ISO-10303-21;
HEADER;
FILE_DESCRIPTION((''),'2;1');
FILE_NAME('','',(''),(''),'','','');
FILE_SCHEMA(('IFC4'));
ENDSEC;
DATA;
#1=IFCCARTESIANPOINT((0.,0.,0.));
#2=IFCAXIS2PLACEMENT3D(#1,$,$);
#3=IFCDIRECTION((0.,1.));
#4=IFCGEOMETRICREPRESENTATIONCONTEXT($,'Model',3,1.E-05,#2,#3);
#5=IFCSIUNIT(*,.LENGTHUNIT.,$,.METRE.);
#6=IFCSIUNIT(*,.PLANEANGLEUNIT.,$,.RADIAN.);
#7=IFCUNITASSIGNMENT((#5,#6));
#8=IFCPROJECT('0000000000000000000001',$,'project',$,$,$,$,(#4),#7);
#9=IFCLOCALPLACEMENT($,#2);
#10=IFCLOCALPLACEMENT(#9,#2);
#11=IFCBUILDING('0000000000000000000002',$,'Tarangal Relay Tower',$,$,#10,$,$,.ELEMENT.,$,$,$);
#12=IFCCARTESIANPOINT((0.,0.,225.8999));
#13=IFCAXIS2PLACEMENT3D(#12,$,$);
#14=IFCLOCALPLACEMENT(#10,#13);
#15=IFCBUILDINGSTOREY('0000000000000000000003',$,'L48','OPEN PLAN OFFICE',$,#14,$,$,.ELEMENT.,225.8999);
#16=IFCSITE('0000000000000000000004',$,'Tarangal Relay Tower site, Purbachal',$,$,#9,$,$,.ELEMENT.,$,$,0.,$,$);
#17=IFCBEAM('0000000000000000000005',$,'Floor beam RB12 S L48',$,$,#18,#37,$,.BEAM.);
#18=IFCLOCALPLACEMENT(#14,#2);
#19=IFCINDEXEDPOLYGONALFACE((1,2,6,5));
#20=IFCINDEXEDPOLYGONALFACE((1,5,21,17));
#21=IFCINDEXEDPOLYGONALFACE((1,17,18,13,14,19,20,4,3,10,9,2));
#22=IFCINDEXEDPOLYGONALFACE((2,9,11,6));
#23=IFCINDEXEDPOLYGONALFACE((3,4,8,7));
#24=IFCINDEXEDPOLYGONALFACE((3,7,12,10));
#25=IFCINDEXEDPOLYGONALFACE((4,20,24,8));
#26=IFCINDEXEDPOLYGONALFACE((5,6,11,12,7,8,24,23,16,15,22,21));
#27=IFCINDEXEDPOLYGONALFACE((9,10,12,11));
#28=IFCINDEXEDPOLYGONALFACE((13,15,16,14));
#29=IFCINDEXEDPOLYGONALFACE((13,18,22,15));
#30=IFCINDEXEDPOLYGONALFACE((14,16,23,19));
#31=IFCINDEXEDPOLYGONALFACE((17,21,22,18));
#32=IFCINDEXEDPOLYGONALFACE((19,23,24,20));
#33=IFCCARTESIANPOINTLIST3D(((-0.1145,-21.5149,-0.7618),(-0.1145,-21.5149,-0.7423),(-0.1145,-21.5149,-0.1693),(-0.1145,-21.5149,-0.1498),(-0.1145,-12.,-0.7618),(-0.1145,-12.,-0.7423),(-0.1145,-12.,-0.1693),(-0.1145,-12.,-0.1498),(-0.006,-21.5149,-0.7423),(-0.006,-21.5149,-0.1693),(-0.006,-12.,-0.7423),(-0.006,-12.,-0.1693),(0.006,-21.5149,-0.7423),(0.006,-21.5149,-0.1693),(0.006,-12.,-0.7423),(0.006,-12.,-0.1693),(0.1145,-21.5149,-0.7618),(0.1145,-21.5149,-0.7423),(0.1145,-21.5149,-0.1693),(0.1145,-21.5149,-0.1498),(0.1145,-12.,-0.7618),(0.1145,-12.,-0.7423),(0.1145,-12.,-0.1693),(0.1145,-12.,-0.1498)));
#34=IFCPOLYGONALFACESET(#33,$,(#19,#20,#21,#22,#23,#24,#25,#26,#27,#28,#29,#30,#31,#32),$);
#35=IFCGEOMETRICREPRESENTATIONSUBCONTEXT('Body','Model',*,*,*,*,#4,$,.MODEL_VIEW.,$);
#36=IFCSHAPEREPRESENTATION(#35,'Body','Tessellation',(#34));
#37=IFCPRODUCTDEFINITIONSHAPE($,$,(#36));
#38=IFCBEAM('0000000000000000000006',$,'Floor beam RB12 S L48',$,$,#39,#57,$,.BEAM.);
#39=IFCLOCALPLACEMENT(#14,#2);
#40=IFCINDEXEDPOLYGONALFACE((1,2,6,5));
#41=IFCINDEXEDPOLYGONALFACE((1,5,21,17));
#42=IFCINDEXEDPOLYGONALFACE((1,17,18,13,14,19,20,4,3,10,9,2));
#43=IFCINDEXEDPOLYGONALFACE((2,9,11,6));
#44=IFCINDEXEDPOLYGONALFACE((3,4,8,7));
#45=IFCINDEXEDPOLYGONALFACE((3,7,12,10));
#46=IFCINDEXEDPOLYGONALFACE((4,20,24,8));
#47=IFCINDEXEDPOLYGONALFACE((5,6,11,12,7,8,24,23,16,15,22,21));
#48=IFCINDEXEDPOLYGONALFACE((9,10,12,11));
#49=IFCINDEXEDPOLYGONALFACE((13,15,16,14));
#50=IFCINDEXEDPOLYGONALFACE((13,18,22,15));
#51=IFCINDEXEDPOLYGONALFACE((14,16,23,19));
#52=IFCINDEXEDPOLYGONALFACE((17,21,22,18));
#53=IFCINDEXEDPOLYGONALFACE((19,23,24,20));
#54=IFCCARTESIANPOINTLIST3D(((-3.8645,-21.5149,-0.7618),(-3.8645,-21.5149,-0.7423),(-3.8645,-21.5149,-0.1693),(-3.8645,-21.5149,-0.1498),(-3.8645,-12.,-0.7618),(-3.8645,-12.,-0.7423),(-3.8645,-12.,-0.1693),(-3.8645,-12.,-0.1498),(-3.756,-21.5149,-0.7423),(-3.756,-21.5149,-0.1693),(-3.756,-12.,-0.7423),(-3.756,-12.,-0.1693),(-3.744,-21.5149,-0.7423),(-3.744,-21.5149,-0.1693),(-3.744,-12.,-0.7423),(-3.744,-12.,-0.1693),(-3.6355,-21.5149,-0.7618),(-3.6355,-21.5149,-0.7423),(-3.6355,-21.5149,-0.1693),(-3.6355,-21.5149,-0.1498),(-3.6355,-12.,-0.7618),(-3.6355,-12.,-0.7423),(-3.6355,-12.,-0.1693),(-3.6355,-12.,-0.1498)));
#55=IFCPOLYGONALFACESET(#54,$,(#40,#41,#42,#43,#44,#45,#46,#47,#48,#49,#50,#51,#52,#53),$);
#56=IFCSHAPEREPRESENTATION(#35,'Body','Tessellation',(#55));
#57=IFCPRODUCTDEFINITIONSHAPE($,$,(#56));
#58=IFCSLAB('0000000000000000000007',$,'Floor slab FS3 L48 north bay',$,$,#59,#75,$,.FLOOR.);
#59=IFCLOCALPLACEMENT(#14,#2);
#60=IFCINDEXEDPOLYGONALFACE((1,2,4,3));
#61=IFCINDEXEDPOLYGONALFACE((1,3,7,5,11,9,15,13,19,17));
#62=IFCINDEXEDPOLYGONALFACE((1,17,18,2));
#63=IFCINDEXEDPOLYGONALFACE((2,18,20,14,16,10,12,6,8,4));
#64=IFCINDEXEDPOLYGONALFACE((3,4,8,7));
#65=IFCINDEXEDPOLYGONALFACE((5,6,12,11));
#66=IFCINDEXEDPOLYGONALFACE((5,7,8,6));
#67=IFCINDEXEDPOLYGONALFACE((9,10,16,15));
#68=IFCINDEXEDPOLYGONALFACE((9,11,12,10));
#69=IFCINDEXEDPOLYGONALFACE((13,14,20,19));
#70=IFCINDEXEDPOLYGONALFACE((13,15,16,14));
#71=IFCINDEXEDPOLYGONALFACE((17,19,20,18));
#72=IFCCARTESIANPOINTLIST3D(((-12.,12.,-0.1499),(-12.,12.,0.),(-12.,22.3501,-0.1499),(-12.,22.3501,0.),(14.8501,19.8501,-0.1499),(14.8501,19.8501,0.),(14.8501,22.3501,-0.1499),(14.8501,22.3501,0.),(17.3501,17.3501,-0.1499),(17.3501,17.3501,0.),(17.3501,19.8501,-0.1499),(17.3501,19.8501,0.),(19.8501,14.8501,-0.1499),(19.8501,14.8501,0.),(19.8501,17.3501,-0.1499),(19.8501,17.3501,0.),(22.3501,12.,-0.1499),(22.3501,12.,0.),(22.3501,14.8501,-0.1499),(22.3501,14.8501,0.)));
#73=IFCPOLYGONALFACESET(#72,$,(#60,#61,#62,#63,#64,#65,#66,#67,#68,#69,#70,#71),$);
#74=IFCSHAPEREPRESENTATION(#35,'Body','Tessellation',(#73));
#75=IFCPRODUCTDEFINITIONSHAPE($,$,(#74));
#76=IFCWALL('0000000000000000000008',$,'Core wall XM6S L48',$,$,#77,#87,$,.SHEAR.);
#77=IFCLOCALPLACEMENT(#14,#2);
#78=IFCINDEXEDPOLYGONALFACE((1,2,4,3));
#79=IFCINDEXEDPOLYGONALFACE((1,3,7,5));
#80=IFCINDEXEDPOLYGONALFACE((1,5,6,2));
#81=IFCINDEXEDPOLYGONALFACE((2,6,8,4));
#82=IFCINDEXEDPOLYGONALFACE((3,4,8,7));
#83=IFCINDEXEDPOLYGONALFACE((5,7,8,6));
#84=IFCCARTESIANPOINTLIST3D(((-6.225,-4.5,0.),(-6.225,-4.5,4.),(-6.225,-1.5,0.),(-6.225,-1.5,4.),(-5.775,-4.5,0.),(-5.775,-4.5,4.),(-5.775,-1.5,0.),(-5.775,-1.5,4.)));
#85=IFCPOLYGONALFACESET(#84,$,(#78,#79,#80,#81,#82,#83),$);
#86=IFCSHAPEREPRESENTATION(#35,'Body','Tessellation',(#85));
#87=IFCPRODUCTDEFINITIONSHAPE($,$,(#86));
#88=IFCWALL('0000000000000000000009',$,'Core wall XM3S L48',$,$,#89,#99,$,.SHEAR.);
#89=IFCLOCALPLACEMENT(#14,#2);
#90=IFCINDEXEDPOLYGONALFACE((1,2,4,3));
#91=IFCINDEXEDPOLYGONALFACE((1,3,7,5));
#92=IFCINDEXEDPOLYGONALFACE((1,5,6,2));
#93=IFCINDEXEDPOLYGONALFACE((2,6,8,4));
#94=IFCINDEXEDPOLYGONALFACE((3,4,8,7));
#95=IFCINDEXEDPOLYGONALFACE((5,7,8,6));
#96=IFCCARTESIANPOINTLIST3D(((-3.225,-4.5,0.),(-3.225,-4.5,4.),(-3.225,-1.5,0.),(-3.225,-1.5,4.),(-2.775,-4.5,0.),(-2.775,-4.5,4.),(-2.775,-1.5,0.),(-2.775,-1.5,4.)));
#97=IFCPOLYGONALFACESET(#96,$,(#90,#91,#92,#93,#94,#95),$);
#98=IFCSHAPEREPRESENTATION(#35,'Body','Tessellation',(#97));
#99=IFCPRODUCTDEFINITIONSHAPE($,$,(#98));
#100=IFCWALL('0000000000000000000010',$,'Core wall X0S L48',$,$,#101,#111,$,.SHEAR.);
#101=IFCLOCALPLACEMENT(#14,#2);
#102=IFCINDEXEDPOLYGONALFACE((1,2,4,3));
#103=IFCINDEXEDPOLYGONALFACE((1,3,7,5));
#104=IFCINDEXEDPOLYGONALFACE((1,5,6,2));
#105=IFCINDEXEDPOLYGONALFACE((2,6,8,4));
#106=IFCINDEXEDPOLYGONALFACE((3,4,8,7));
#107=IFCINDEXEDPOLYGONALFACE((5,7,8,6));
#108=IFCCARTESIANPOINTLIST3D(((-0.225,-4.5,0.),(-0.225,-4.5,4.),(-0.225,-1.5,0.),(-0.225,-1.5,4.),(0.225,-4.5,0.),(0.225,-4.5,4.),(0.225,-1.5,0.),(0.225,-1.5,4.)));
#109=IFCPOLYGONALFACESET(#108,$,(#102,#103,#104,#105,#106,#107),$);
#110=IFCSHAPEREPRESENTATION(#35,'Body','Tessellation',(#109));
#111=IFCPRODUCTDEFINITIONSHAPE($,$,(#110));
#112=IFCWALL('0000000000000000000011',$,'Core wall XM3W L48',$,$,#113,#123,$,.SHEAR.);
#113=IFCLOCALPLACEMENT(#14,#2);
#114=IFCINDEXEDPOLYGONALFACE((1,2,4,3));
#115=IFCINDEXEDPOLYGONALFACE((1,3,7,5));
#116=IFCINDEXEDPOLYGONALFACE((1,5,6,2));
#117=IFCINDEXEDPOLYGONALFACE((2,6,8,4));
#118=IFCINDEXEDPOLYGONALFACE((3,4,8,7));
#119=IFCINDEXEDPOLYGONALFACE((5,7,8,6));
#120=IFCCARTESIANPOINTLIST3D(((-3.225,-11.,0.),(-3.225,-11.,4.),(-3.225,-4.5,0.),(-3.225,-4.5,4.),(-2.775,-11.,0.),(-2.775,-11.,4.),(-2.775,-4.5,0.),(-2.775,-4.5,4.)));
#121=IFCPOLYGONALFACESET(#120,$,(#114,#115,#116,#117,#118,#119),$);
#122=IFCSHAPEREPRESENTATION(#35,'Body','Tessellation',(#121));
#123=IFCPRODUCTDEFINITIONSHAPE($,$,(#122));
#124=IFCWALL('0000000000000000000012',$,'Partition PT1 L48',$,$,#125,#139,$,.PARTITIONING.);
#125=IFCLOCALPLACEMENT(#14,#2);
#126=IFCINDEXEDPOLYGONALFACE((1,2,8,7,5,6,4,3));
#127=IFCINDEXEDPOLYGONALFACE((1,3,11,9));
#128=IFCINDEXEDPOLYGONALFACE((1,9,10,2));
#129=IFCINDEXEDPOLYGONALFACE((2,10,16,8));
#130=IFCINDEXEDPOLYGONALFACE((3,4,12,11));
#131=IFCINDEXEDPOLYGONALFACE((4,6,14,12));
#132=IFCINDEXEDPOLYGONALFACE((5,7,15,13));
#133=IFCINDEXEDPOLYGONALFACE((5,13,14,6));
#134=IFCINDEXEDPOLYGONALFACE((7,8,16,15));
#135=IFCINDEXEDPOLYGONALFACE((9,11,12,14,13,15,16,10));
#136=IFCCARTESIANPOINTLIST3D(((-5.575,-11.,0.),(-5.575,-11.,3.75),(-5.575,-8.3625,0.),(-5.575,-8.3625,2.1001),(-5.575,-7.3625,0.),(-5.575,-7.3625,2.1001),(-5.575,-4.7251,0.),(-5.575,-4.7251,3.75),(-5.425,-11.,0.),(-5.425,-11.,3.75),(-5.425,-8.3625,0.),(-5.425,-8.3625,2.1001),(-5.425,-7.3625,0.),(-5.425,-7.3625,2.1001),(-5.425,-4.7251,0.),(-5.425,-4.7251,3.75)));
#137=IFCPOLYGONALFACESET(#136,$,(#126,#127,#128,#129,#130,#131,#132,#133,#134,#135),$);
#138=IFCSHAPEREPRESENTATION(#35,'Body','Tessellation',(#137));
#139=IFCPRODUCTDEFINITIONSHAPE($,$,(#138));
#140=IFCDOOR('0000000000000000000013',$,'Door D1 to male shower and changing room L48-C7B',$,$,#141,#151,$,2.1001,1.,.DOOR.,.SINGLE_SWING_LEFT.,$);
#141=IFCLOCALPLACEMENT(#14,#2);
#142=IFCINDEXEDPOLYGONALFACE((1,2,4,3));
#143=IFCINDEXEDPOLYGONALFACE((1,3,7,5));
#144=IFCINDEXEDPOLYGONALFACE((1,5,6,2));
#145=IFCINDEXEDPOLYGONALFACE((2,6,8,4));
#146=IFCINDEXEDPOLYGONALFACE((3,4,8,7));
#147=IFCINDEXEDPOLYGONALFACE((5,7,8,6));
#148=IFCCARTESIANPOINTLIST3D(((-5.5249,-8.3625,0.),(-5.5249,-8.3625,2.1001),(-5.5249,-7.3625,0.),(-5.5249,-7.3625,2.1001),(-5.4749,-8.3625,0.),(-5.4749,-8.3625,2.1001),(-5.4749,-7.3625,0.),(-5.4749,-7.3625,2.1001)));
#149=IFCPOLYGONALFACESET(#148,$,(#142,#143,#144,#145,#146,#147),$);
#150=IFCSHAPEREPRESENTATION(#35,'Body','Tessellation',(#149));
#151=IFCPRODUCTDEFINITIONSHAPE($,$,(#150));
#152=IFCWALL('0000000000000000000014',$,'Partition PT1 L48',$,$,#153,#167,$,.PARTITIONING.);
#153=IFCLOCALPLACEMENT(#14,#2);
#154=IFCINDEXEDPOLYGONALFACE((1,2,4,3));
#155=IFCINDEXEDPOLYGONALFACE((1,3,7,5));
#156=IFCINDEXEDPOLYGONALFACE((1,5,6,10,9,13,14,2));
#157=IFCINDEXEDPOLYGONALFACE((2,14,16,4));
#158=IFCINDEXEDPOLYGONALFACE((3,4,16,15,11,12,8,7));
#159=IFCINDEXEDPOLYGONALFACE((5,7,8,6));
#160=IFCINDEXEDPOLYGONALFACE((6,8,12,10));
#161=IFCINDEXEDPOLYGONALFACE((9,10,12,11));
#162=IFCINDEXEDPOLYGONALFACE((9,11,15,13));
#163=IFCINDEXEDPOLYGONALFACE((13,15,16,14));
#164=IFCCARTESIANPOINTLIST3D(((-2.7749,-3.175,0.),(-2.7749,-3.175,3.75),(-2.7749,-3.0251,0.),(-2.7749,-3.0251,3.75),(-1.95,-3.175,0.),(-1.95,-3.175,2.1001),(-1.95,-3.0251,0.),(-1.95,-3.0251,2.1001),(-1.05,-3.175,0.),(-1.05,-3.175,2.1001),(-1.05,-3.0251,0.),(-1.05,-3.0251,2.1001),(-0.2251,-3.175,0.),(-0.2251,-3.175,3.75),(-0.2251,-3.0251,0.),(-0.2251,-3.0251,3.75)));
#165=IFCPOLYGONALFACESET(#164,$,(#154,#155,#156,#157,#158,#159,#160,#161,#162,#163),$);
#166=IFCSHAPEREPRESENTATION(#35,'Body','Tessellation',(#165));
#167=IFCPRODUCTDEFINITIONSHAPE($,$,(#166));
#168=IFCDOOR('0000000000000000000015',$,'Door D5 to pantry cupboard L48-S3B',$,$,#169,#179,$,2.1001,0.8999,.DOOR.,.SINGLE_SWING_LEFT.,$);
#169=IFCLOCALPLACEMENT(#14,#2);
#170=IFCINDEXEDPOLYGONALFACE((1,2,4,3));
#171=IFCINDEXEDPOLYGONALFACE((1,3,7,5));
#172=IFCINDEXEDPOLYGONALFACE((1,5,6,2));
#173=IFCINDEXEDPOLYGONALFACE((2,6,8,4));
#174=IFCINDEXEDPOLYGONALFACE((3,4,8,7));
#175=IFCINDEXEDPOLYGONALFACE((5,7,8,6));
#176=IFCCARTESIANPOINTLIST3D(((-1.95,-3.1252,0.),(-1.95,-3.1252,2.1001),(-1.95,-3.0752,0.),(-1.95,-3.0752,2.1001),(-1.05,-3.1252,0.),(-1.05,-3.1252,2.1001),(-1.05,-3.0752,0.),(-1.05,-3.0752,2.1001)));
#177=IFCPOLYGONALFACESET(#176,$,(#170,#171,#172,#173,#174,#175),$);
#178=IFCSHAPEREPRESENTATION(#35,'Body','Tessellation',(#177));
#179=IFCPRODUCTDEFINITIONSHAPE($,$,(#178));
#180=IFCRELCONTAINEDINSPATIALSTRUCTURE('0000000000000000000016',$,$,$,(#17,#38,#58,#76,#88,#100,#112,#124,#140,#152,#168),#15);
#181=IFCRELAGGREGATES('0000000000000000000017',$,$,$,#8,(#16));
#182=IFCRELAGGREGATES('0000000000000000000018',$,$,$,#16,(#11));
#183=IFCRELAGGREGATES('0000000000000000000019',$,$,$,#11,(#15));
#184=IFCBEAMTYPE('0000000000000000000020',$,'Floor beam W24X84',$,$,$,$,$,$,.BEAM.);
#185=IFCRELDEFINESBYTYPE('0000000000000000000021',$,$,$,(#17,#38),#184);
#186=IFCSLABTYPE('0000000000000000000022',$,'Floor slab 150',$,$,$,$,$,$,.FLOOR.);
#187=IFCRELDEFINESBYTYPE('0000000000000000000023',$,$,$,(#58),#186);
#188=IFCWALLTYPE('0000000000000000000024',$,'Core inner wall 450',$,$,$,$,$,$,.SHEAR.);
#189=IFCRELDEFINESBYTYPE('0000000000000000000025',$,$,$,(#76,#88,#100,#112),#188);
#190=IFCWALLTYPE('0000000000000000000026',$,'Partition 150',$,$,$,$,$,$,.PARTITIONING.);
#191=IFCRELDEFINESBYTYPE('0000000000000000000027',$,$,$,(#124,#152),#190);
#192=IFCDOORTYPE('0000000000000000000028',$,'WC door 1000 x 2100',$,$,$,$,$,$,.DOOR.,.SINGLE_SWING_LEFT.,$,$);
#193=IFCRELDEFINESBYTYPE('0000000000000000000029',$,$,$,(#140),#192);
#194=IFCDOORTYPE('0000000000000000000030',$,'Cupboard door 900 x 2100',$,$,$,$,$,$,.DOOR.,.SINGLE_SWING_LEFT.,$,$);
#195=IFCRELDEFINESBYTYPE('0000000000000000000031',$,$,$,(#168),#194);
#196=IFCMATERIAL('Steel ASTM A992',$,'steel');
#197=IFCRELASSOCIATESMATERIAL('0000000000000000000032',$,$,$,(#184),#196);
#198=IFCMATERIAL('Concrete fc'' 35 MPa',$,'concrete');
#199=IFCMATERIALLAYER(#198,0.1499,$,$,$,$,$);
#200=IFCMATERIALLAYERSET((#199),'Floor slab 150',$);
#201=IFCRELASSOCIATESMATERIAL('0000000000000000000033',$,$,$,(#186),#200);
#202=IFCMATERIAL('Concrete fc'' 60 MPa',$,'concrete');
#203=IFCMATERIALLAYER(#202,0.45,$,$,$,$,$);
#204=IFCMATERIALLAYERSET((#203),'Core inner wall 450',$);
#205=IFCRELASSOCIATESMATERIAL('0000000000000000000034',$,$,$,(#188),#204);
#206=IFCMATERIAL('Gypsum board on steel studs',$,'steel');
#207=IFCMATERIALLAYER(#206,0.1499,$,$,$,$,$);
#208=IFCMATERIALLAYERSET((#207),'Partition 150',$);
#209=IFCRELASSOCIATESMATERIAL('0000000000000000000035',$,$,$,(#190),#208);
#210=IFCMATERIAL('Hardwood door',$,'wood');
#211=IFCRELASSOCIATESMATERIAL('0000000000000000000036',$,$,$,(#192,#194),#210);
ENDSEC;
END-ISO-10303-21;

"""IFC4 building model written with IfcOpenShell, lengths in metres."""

from ifc_helpers import new_model, si_unit, direction, frame, frame_2d, origin, origin_2d, place, context, subcontext, project, spatial, polyline, rectangle, i_section, outline, extrude, material, layer, layer_set, material_profile, profile_set, type_object, element, fill, save


model = new_model("IFC4")

# Units and contexts
model_context = context("Model", 3, precision=1e-05, world=origin(), true_north=direction((0.0, 1.0)))
body_context = subcontext(model_context, "Body", "Model", "MODEL_VIEW")
ifc_project = project(units=[si_unit("LENGTHUNIT", "METRE"), si_unit("PLANEANGLEUNIT", "RADIAN")], contexts=[model_context])

# Site, building, storey
site_placement = place(None, origin())
site = spatial("IfcSite", under=ifc_project, at=site_placement, Name="Tarangal Relay Tower site, Purbachal", CompositionType="ELEMENT", RefElevation=0.0)
building_placement = place(site_placement, origin())
building = spatial("IfcBuilding", under=site, at=building_placement, Name="Tarangal Relay Tower", CompositionType="ELEMENT")
storey_placement = place(building_placement, frame((0.0, 0.0, 225.8999)))
storey = spatial("IfcBuildingStorey", under=building, at=storey_placement, Name="L48", Description="OPEN PLAN OFFICE", CompositionType="ELEMENT", Elevation=225.8999)

# Beams
ifc_material_1 = material(Name="Steel ASTM A992", Category="steel")
ifc_material_profile = material_profile(ifc_material_1, i_section(OverallWidth=0.229, OverallDepth=0.6121, WebThickness=0.012, FlangeThickness=0.0195, at=origin_2d()), Name="W24X84")
ifc_profile_set = profile_set([ifc_material_profile], Name="Steel ASTM A992")
beam_type = type_object("IfcBeamType", Name="Floor beam W24X84", PredefinedType="BEAM", material=ifc_profile_set)
for number, where, z_axis, x_axis, name in (
    (1, (0.0, -12.0, -0.4558), (0.0, -1.0, 0.0), (1.0, 0.0, 0.0), "Floor beam RB12 S L48"),
    (2, (-3.75, -12.0, -0.4558), (0.0, -1.0, 0.0), (1.0, 0.0, 0.0), "Floor beam RB12 S L48"),
):
    element("IfcBeam", number, at=place(storey_placement, frame(where, z_axis=z_axis, x_axis=x_axis)), inside=storey, type_object=beam_type, Name=name, PredefinedType="BEAM", context=body_context, shape_type="SweptSolid", body=[
        extrude(i_section(OverallWidth=0.229, OverallDepth=0.6121, WebThickness=0.012, FlangeThickness=0.0195, at=origin_2d()), origin(), (0.0, 0.0, 1.0), 9.5149),
    ])

# Slab
ifc_material_2 = material(Name="Concrete fc' 35 MPa", Category="concrete")
ifc_layer_1 = layer(ifc_material_2, 0.1499)
ifc_layer_set_1 = layer_set([ifc_layer_1], Name="Floor slab 150")
slab_type = type_object("IfcSlabType", Name="Floor slab 150", PredefinedType="FLOOR", material=ifc_layer_set_1)
slab_placement = place(storey_placement, frame((0.0, 0.0, -0.1499)))
element("IfcSlab", 3, at=slab_placement, inside=storey, type_object=slab_type, Name="Floor slab FS3 L48 north bay", PredefinedType="FLOOR", context=body_context, shape_type="SweptSolid", body=[
    extrude(outline(polyline([(14.8501, 22.3501), (14.8501, 19.8501), (17.3501, 19.8501), (17.3501, 17.3501), (19.8501, 17.3501), (19.8501, 14.8501), (22.3501, 14.8501), (22.3501, 12.0), (-12.0, 12.0), (-12.0, 22.3501), (14.8501, 22.3501)])), origin(), (0.0, 0.0, 1.0), 0.1499),
])

# Walls
ifc_material_3 = material(Name="Concrete fc' 60 MPa", Category="concrete")
ifc_layer_2 = layer(ifc_material_3, 0.45)
ifc_layer_set_2 = layer_set([ifc_layer_2], Name="Core inner wall 450")
wall_type_1 = type_object("IfcWallType", Name="Core inner wall 450", PredefinedType="SHEAR", material=ifc_layer_set_2)
for number, where, z_axis, x_axis, name in (
    (4, (-6.0, -4.5, 0.0), (0.0, 0.0, 1.0), (0.0, 1.0, 0.0), "Core wall XM6S L48"),
    (5, (-3.0, -4.5, 0.0), (0.0, 0.0, 1.0), (0.0, 1.0, 0.0), "Core wall XM3S L48"),
    (6, (0.0, -4.5, 0.0), (0.0, 0.0, 1.0), (0.0, 1.0, 0.0), "Core wall X0S L48"),
):
    element("IfcWall", number, at=place(storey_placement, frame(where, z_axis=z_axis, x_axis=x_axis)), inside=storey, type_object=wall_type_1, Name=name, PredefinedType="SHEAR", context=body_context, shape_type="SweptSolid", body=[
        extrude(rectangle(XDim=3.0, YDim=0.45, at=frame_2d((1.5, 0.0))), origin(), (0.0, 0.0, 1.0), 4.0),
    ])
wall_1_placement = place(storey_placement, frame((-3.0, -11.0, 0.0), z_axis=(0.0, 0.0, 1.0), x_axis=(0.0, 1.0, 0.0)))
element("IfcWall", 7, at=wall_1_placement, inside=storey, type_object=wall_type_1, Name="Core wall XM3W L48", PredefinedType="SHEAR", context=body_context, shape_type="SweptSolid", body=[
    extrude(rectangle(XDim=6.5, YDim=0.45, at=frame_2d((3.25, 0.0))), origin(), (0.0, 0.0, 1.0), 4.0),
])

# Walls, openings, doors
ifc_material_4 = material(Name="Gypsum board on steel studs", Category="steel")
ifc_layer_3 = layer(ifc_material_4, 0.1499)
ifc_layer_set_3 = layer_set([ifc_layer_3], Name="Partition 150")
wall_type_2 = type_object("IfcWallType", Name="Partition 150", PredefinedType="PARTITIONING", material=ifc_layer_set_3)
wall_2_placement = place(storey_placement, frame((-5.5, -11.0, 0.0), z_axis=(0.0, 0.0, 1.0), x_axis=(0.0, 1.0, 0.0)))
wall_2 = element("IfcWall", 8, at=wall_2_placement, inside=storey, type_object=wall_type_2, Name="Partition PT1 L48", PredefinedType="PARTITIONING", context=body_context, shape_type="SweptSolid", body=[
    extrude(rectangle(XDim=6.2749, YDim=0.1499, at=frame_2d((3.1375, 0.0))), origin(), (0.0, 0.0, 1.0), 3.75),
])
opening_1_placement = place(wall_2_placement, frame((2.6375, 0.0, 0.0)))
opening_1 = element("IfcOpeningElement", 9, at=opening_1_placement, cuts=wall_2, PredefinedType="OPENING", context=body_context, shape_type="SweptSolid", body=[
    extrude(rectangle(XDim=1.0, YDim=2.1001, at=frame_2d((0.5, 1.05))), frame((0.0, 0.085, 0.0), z_axis=(0.0, -1.0, 0.0), x_axis=(1.0, 0.0, 0.0)), (0.0, 0.0, 1.0), 0.1699),
])
ifc_material_5 = material(Name="Hardwood door", Category="wood")
door_type_1 = type_object("IfcDoorType", Name="WC door 1000 x 2100", OperationType="SINGLE_SWING_LEFT", PredefinedType="DOOR", material=ifc_material_5)
door_1_placement = place(opening_1_placement, origin())
door_1 = element("IfcDoor", 10, at=door_1_placement, inside=storey, type_object=door_type_1, Name="Door D1 to male shower and changing room L48-C7B", OperationType="SINGLE_SWING_LEFT", OverallHeight=2.1001, OverallWidth=1.0, PredefinedType="DOOR", context=body_context, shape_type="SweptSolid", body=[
    extrude(rectangle(XDim=1.0, YDim=2.1001, at=frame_2d((0.5, 1.05))), frame((0.0, 0.0249, 0.0), z_axis=(0.0, -1.0, 0.0), x_axis=(1.0, 0.0, 0.0)), (0.0, 0.0, 1.0), 0.05),
])
fill(opening_1, door_1)
wall_3_placement = place(storey_placement, frame((-2.7749, -3.1001, 0.0), z_axis=(0.0, 0.0, 1.0), x_axis=(1.0, 0.0, 0.0)))
wall_3 = element("IfcWall", 11, at=wall_3_placement, inside=storey, type_object=wall_type_2, Name="Partition PT1 L48", PredefinedType="PARTITIONING", context=body_context, shape_type="SweptSolid", body=[
    extrude(rectangle(XDim=2.5498, YDim=0.1499, at=frame_2d((1.2749, 0.0))), origin(), (0.0, 0.0, 1.0), 3.75),
])
opening_2_placement = place(wall_3_placement, frame((0.825, 0.0, 0.0)))
opening_2 = element("IfcOpeningElement", 12, at=opening_2_placement, cuts=wall_3, PredefinedType="OPENING", context=body_context, shape_type="SweptSolid", body=[
    extrude(rectangle(XDim=0.8999, YDim=2.1001, at=frame_2d((0.45, 1.05))), frame((0.0, 0.085, 0.0), z_axis=(0.0, -1.0, 0.0), x_axis=(1.0, 0.0, 0.0)), (0.0, 0.0, 1.0), 0.1699),
])
door_type_2 = type_object("IfcDoorType", Name="Cupboard door 900 x 2100", OperationType="SINGLE_SWING_LEFT", PredefinedType="DOOR", material=ifc_material_5)
door_2_placement = place(opening_2_placement, origin())
door_2 = element("IfcDoor", 13, at=door_2_placement, inside=storey, type_object=door_type_2, Name="Door D5 to pantry cupboard L48-S3B", OperationType="SINGLE_SWING_LEFT", OverallHeight=2.1001, OverallWidth=0.8999, PredefinedType="DOOR", context=body_context, shape_type="SweptSolid", body=[
    extrude(rectangle(XDim=0.8999, YDim=2.1001, at=frame_2d((0.45, 1.05))), frame((0.0, 0.0249, 0.0), z_axis=(0.0, -1.0, 0.0), x_axis=(1.0, 0.0, 0.0)), (0.0, 0.0, 1.0), 0.05),
])
fill(opening_2, door_2)

save(model, "model.ifc")
